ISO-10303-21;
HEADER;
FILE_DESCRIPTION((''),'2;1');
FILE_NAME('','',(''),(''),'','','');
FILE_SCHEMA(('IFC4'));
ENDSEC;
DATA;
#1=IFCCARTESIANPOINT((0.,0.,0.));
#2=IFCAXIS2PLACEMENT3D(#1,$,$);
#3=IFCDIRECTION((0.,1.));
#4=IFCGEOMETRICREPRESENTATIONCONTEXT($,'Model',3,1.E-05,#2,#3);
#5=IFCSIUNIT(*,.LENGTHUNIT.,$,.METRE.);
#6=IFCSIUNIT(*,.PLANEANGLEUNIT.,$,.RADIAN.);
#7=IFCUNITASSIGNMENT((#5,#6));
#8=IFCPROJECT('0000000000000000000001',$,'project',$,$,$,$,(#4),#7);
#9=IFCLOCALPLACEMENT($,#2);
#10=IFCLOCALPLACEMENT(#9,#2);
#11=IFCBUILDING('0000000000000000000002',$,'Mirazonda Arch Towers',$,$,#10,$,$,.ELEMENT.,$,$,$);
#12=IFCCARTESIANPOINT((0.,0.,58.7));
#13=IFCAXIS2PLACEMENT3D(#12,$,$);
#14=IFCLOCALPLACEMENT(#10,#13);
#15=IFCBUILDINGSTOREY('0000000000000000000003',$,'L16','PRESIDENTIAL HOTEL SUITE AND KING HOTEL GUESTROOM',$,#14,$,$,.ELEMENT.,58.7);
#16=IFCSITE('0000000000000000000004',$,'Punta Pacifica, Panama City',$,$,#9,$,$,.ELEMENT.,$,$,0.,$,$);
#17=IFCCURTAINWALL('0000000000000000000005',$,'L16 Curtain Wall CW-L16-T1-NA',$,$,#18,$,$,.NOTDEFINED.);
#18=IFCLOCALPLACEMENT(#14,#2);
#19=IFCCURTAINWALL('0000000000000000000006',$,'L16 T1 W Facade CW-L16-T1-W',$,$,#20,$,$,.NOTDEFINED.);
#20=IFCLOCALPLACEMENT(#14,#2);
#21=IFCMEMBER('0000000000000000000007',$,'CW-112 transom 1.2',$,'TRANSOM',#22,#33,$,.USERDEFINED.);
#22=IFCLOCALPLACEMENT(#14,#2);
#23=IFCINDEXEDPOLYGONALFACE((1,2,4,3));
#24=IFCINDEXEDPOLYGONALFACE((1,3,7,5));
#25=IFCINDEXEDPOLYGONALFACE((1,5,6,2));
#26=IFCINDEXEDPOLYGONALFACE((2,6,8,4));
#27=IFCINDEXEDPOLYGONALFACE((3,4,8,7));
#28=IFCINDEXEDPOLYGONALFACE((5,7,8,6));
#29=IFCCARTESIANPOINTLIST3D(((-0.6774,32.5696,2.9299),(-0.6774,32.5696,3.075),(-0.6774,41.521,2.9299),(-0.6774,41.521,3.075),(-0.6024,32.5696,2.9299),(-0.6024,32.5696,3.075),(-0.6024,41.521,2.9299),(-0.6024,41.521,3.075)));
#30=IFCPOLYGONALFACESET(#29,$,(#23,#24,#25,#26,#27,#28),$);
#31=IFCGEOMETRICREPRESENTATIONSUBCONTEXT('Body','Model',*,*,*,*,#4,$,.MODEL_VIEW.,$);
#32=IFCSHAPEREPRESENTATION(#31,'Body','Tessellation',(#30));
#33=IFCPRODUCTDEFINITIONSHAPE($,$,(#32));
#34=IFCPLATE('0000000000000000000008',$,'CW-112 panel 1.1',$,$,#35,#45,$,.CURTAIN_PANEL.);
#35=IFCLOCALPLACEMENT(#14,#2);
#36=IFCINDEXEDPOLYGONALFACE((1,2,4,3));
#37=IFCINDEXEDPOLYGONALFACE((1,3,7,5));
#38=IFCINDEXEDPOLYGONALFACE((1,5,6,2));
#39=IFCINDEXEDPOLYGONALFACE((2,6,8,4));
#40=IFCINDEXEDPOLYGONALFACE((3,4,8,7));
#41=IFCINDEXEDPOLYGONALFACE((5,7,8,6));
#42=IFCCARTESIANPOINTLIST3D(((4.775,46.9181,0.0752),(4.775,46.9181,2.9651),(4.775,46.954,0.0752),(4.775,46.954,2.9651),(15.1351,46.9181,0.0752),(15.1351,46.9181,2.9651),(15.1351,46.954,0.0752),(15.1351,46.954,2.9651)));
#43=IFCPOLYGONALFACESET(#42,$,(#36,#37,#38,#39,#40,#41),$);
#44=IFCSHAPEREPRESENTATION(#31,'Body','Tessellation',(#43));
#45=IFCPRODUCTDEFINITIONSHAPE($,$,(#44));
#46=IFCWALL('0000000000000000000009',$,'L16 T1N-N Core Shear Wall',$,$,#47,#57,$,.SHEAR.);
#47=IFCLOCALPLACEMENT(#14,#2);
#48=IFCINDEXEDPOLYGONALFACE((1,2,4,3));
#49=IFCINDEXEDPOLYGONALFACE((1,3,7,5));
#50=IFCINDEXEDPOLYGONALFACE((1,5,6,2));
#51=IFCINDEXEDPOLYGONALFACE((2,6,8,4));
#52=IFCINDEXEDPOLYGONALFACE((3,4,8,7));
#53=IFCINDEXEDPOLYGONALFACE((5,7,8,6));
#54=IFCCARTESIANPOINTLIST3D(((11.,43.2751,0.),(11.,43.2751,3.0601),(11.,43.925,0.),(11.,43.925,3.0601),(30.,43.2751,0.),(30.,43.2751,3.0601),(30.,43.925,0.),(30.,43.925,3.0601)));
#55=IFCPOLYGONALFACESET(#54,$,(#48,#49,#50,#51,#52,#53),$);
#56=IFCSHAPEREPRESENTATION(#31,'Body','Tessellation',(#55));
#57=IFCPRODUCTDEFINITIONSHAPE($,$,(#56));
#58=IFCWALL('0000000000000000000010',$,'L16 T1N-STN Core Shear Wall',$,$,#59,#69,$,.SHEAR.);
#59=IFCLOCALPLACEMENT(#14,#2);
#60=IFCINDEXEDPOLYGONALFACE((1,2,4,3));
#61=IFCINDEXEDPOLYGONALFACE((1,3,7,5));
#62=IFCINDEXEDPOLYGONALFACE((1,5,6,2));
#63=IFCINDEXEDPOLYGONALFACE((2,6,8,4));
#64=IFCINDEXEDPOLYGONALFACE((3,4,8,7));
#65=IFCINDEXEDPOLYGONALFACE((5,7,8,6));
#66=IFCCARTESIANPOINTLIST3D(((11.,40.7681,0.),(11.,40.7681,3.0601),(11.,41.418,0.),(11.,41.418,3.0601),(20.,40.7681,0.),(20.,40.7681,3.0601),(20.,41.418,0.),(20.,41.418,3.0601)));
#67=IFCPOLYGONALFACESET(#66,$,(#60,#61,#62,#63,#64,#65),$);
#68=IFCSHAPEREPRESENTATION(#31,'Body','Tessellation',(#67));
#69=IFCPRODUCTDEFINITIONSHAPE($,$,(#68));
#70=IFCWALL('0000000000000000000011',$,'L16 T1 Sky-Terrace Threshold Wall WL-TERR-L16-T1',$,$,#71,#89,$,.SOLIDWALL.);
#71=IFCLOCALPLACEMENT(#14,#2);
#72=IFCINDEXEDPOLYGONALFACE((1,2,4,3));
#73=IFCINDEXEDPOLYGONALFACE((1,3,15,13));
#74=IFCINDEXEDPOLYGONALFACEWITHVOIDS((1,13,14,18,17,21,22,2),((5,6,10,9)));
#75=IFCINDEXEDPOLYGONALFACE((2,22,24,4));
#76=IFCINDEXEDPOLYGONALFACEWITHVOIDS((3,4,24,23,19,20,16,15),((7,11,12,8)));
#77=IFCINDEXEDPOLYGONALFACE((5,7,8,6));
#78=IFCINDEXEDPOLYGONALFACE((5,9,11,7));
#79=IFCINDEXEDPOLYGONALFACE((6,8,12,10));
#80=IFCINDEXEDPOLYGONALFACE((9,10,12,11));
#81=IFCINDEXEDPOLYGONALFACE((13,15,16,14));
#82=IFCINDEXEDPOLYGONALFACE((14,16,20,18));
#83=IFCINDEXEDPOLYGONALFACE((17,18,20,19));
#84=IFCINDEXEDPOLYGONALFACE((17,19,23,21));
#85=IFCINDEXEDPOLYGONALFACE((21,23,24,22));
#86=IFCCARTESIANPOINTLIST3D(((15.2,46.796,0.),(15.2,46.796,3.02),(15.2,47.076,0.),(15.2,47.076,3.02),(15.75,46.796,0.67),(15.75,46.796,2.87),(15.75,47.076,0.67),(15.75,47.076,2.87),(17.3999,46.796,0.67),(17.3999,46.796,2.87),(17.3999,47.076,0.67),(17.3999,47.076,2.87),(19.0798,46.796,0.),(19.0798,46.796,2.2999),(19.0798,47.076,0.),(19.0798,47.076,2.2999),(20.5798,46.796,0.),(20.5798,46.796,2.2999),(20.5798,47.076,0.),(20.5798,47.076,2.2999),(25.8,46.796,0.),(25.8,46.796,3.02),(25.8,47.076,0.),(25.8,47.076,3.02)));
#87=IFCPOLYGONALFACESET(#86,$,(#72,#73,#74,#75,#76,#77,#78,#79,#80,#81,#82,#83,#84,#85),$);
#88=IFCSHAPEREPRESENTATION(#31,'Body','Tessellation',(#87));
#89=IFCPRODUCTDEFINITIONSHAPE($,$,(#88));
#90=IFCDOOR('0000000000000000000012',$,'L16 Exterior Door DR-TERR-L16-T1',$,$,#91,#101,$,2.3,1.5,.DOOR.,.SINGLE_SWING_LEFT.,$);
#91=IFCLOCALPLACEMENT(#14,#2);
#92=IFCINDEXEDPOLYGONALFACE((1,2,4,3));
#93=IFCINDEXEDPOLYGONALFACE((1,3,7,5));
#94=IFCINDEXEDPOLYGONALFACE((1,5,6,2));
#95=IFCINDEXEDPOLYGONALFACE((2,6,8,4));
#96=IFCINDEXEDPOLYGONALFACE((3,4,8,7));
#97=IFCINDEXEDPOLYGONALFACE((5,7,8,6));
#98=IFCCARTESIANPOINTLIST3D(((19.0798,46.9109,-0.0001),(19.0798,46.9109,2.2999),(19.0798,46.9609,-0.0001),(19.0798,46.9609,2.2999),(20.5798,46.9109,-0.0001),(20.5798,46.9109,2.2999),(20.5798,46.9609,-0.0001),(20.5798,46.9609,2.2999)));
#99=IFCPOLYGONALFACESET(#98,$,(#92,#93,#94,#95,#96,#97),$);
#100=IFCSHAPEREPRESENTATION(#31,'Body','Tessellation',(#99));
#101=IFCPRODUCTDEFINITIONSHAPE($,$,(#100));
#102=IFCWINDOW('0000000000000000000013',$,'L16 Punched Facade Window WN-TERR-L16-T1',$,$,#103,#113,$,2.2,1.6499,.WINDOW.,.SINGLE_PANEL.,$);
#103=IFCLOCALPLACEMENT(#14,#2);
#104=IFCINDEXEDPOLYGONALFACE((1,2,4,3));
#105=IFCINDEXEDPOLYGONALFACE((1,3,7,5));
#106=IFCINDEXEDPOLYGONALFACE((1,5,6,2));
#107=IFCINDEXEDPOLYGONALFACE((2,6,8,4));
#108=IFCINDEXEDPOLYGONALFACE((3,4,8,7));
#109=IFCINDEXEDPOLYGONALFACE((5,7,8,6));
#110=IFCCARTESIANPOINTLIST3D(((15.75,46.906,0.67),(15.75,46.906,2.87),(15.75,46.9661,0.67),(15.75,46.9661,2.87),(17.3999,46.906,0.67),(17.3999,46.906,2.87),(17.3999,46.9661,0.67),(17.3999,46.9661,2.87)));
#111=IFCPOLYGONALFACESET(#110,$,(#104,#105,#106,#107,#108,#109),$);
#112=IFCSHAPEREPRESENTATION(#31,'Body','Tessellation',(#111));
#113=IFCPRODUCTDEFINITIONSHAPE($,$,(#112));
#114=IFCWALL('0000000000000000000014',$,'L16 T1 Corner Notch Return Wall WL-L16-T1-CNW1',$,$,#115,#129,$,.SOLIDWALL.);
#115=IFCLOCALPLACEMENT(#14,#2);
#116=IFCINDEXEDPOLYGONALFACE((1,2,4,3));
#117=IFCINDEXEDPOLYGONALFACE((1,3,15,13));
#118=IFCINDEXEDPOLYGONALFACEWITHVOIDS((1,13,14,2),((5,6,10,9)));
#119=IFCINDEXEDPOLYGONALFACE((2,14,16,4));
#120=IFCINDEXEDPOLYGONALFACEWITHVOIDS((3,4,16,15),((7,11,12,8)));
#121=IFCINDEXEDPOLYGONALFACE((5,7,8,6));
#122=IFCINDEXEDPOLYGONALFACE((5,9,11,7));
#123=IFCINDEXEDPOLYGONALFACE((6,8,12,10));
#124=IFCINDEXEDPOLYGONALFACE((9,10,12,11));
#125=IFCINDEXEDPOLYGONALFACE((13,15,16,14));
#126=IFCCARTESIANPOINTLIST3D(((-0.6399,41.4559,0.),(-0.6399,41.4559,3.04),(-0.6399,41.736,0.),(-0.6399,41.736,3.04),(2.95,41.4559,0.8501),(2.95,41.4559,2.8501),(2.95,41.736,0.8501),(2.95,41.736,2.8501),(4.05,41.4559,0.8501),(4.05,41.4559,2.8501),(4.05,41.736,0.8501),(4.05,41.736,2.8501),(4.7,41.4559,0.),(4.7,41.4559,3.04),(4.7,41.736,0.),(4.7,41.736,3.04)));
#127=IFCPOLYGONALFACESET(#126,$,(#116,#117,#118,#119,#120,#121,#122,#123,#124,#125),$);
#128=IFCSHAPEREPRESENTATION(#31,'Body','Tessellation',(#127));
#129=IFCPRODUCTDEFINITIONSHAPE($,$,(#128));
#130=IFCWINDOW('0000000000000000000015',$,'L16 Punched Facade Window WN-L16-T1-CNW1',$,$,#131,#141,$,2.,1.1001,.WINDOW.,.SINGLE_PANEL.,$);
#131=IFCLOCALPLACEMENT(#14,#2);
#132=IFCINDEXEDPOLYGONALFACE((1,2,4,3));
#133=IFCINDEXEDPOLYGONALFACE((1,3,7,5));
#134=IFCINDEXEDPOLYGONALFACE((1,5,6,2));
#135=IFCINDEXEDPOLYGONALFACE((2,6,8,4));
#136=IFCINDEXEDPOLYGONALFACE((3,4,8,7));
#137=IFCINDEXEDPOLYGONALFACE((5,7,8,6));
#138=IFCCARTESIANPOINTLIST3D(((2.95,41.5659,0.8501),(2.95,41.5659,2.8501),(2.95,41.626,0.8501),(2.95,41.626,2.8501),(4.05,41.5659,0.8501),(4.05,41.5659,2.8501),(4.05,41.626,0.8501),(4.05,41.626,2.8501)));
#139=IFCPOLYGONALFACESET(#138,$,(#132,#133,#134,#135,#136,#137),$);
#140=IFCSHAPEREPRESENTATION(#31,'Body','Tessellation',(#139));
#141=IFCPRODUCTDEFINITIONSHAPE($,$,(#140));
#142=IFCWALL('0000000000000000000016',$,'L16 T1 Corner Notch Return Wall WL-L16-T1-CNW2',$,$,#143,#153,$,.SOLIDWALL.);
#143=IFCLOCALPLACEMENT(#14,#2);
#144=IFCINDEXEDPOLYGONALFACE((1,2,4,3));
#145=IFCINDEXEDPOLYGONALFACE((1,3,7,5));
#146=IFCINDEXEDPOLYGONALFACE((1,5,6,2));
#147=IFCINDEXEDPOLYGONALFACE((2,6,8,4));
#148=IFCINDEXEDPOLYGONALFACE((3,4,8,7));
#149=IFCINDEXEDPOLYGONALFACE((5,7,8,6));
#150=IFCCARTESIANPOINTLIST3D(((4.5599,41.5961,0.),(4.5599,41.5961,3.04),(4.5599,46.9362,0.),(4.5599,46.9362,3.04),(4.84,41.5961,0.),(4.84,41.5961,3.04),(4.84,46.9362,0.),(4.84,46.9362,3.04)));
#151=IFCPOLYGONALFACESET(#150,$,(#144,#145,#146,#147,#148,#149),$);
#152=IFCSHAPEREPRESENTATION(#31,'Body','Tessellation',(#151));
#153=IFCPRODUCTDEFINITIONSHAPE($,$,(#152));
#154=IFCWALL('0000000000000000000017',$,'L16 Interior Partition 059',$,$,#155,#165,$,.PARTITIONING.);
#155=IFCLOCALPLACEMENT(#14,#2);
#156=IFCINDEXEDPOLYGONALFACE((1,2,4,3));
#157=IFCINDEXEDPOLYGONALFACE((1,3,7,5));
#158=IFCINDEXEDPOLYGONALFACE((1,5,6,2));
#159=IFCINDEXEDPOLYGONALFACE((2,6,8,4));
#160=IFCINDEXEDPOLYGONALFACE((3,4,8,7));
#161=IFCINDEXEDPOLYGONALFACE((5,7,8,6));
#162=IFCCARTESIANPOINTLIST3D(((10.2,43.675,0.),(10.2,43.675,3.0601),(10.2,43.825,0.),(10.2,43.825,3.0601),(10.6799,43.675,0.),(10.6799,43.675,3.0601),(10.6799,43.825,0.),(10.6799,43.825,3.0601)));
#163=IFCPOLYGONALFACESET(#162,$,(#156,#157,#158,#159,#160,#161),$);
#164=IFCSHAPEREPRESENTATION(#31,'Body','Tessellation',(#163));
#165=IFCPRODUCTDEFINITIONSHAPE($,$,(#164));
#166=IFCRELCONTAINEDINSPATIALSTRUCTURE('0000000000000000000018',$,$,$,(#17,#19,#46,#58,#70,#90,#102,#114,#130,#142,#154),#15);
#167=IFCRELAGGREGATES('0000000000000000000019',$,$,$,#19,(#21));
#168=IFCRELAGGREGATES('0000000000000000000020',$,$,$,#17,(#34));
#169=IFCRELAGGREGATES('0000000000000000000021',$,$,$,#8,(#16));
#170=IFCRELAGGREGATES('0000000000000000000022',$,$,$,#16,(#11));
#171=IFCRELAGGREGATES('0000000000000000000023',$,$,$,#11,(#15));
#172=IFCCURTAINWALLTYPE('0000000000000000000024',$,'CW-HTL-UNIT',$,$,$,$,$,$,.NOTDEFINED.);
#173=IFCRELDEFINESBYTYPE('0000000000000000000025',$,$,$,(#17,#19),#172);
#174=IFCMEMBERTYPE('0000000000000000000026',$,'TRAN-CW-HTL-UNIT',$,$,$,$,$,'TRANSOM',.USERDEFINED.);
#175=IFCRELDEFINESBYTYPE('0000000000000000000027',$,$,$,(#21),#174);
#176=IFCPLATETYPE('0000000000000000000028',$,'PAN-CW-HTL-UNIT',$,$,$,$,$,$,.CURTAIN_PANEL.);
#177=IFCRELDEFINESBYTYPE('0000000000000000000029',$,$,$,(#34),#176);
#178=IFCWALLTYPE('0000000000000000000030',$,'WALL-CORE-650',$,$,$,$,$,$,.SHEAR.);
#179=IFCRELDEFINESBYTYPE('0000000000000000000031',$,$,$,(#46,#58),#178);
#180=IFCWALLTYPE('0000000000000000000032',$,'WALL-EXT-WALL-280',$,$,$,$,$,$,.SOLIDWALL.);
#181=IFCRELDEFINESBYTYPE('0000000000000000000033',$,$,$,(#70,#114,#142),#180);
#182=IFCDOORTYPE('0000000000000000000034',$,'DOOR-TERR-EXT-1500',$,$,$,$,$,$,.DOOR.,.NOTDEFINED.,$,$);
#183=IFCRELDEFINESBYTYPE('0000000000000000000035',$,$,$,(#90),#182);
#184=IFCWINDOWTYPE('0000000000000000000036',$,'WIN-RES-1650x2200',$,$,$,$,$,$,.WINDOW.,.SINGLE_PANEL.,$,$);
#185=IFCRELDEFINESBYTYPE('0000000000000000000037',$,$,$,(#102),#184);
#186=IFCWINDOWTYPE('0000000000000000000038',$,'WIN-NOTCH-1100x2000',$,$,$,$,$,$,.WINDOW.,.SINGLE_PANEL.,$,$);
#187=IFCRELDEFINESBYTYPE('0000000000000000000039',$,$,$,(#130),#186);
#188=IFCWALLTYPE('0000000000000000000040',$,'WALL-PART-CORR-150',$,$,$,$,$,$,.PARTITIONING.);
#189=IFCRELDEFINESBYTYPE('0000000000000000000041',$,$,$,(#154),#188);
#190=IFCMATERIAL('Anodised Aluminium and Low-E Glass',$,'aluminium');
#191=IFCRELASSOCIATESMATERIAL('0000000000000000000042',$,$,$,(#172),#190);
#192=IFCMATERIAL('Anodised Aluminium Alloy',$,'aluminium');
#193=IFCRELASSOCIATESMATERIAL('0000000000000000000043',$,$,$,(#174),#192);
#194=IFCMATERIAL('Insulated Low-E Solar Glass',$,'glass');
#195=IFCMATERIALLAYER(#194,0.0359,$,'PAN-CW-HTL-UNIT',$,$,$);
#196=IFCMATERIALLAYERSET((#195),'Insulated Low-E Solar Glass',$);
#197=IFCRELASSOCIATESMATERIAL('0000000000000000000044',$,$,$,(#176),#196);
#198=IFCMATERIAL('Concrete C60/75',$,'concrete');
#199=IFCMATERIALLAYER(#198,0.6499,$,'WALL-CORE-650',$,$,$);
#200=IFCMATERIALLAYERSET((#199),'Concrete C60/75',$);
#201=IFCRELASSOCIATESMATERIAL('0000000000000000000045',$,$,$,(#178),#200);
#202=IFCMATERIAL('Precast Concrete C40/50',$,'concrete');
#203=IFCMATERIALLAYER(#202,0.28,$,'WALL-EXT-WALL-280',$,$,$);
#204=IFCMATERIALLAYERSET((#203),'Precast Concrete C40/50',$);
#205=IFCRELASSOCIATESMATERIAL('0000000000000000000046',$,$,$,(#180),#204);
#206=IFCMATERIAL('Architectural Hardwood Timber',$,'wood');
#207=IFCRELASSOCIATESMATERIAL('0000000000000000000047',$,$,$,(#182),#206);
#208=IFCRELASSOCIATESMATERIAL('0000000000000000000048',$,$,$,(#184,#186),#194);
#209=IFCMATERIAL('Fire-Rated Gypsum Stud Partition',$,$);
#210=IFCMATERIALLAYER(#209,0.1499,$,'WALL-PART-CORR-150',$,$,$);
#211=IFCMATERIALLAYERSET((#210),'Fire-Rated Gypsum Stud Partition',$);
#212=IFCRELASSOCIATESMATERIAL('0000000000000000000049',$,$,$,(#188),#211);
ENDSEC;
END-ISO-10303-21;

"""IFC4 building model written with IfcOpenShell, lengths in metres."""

from ifc_helpers import new_model, si_unit, direction, frame, frame_2d, origin, origin_2d, place, context, subcontext, project, spatial, rectangle, extrude, material, layer, layer_set, material_profile, profile_set, type_object, element, fill, aggregate, save


model = new_model("IFC4")

# Units and contexts
model_context = context("Model", 3, precision=1e-05, world=origin(), true_north=direction((0.0, 1.0)))
body_context = subcontext(model_context, "Body", "Model", "MODEL_VIEW")
ifc_project = project(units=[si_unit("LENGTHUNIT", "METRE"), si_unit("PLANEANGLEUNIT", "RADIAN")], contexts=[model_context])

# Site, building, storey
site_placement = place(None, origin())
site = spatial("IfcSite", under=ifc_project, at=site_placement, Name="Punta Pacifica, Panama City", CompositionType="ELEMENT", RefElevation=0.0)
building_placement = place(site_placement, origin())
building = spatial("IfcBuilding", under=site, at=building_placement, Name="Mirazonda Arch Towers", CompositionType="ELEMENT")
storey_placement = place(building_placement, frame((0.0, 0.0, 58.7)))
storey = spatial("IfcBuildingStorey", under=building, at=storey_placement, Name="L16", Description="PRESIDENTIAL HOTEL SUITE AND KING HOTEL GUESTROOM", CompositionType="ELEMENT", Elevation=58.7)

# Shared definitions
ifc_material_1 = material(Name="Concrete C60/75", Category="concrete")

# Curtain wall
ifc_material_2 = material(Name="Anodised Aluminium and Low-E Glass", Category="aluminium")
curtain_wall_type = type_object("IfcCurtainWallType", Name="CW-HTL-UNIT", PredefinedType="NOTDEFINED", material=ifc_material_2)
curtain_wall_1_placement = place(storey_placement, origin())
curtain_wall_1 = element("IfcCurtainWall", 1, at=curtain_wall_1_placement, inside=storey, type_object=curtain_wall_type, Name="L16 Curtain Wall CW-L16-T1-NA", PredefinedType="NOTDEFINED")
ifc_material_3 = material(Name="Anodised Aluminium Alloy", Category="aluminium")

# Curtain wall
curtain_wall_2_placement = place(storey_placement, origin())
curtain_wall_2 = element("IfcCurtainWall", 2, at=curtain_wall_2_placement, inside=storey, type_object=curtain_wall_type, Name="L16 T1 W Facade CW-L16-T1-W", PredefinedType="NOTDEFINED")

# Member
ifc_material_profile_1 = material_profile(ifc_material_3, rectangle(XDim=0.075, YDim=0.145, at=origin_2d()), Name="ALU-TRAN-75x145")
ifc_profile_set_1 = profile_set([ifc_material_profile_1], Name="Anodised Aluminium Alloy")
member_type_1 = type_object("IfcMemberType", Name="TRAN-CW-HTL-UNIT", ElementType="TRANSOM", PredefinedType="USERDEFINED", material=ifc_profile_set_1)
member_1_placement = place(storey_placement, frame((-0.6399, 41.521, 3.0024), z_axis=(0.0, -1.0, 0.0), x_axis=(1.0, 0.0, 0.0)))
member_1 = element("IfcMember", 3, at=member_1_placement, type_object=member_type_1, Name="CW-112 transom 1.2", ObjectType="TRANSOM", PredefinedType="USERDEFINED", context=body_context, shape_type="SweptSolid", body=[
    extrude(rectangle(XDim=0.075, YDim=0.145, at=origin_2d()), origin(), (0.0, 0.0, 1.0), 8.9514),
])
aggregate(curtain_wall_2, [member_1])

# Plate
ifc_material_4 = material(Name="Insulated Low-E Solar Glass", Category="glass")
ifc_layer_1 = layer(ifc_material_4, 0.0359, Name="PAN-CW-HTL-UNIT")
ifc_layer_set_1 = layer_set([ifc_layer_1], Name="Insulated Low-E Solar Glass")
plate_type = type_object("IfcPlateType", Name="PAN-CW-HTL-UNIT", PredefinedType="CURTAIN_PANEL", material=ifc_layer_set_1)
plate_placement = place(storey_placement, frame((9.9551, 46.936, 0.0752), z_axis=(0.0, 0.0, 1.0), x_axis=(1.0, 0.0, 0.0)))
plate = element("IfcPlate", 4, at=plate_placement, type_object=plate_type, Name="CW-112 panel 1.1", PredefinedType="CURTAIN_PANEL", context=body_context, shape_type="SweptSolid", body=[
    extrude(rectangle(XDim=10.3601, YDim=0.0359, at=origin_2d()), origin(), (0.0, 0.0, 1.0), 2.8899),
])
aggregate(curtain_wall_1, [plate])

# Walls
ifc_layer_2 = layer(ifc_material_1, 0.6499, Name="WALL-CORE-650")
ifc_layer_set_2 = layer_set([ifc_layer_2], Name="Concrete C60/75")
wall_type_1 = type_object("IfcWallType", Name="WALL-CORE-650", PredefinedType="SHEAR", material=ifc_layer_set_2)
wall_1_placement = place(storey_placement, frame((11.0, 43.6001, 0.0), z_axis=(0.0, 0.0, 1.0), x_axis=(1.0, 0.0, 0.0)))
element("IfcWall", 5, at=wall_1_placement, inside=storey, type_object=wall_type_1, Name="L16 T1N-N Core Shear Wall", PredefinedType="SHEAR", context=body_context, shape_type="SweptSolid", body=[
    extrude(rectangle(XDim=19.0, YDim=0.6499, at=frame_2d((9.5, 0.0))), origin(), (0.0, 0.0, 1.0), 3.0601),
])
wall_2_placement = place(storey_placement, frame((11.0, 41.093, 0.0), z_axis=(0.0, 0.0, 1.0), x_axis=(1.0, 0.0, 0.0)))
element("IfcWall", 6, at=wall_2_placement, inside=storey, type_object=wall_type_1, Name="L16 T1N-STN Core Shear Wall", PredefinedType="SHEAR", context=body_context, shape_type="SweptSolid", body=[
    extrude(rectangle(XDim=9.0, YDim=0.6499, at=frame_2d((4.5, 0.0))), origin(), (0.0, 0.0, 1.0), 3.0601),
])

# Wall, openings, door, window
ifc_material_5 = material(Name="Precast Concrete C40/50", Category="concrete")
ifc_layer_3 = layer(ifc_material_5, 0.28, Name="WALL-EXT-WALL-280")
ifc_layer_set_3 = layer_set([ifc_layer_3], Name="Precast Concrete C40/50")
wall_type_2 = type_object("IfcWallType", Name="WALL-EXT-WALL-280", PredefinedType="SOLIDWALL", material=ifc_layer_set_3)
wall_3_placement = place(storey_placement, frame((15.2, 46.936, 0.0), z_axis=(0.0, 0.0, 1.0), x_axis=(1.0, 0.0, 0.0)))
wall_3 = element("IfcWall", 7, at=wall_3_placement, inside=storey, type_object=wall_type_2, Name="L16 T1 Sky-Terrace Threshold Wall WL-TERR-L16-T1", PredefinedType="SOLIDWALL", context=body_context, shape_type="SweptSolid", body=[
    extrude(rectangle(XDim=10.6001, YDim=0.28, at=frame_2d((5.3, 0.0))), origin(), (0.0, 0.0, 1.0), 3.02),
])
opening_1_placement = place(wall_3_placement, frame((0.55, 0.0, 0.6699)))
opening_1 = element("IfcOpeningElement", 8, at=opening_1_placement, cuts=wall_3, PredefinedType="OPENING", context=body_context, shape_type="SweptSolid", body=[
    extrude(rectangle(XDim=1.6499, YDim=2.2, at=frame_2d((0.825, 1.1001))), frame((0.0, 0.1499, 0.0), z_axis=(0.0, -1.0, 0.0), x_axis=(1.0, 0.0, 0.0)), (0.0, 0.0, 1.0), 0.3),
])
opening_2_placement = place(wall_3_placement, frame((3.8799, 0.0, 0.0)))
opening_2 = element("IfcOpeningElement", 9, at=opening_2_placement, cuts=wall_3, PredefinedType="OPENING", context=body_context, shape_type="SweptSolid", body=[
    extrude(rectangle(XDim=1.5, YDim=2.3, at=frame_2d((0.75, 1.1499))), frame((0.0, 0.1499, 0.0), z_axis=(0.0, -1.0, 0.0), x_axis=(1.0, 0.0, 0.0)), (0.0, 0.0, 1.0), 0.3),
])
ifc_material_6 = material(Name="Architectural Hardwood Timber", Category="wood")
door_type_1 = type_object("IfcDoorType", Name="DOOR-TERR-EXT-1500", OperationType="NOTDEFINED", PredefinedType="DOOR", material=ifc_material_6)
door_1_placement = place(opening_2_placement, origin())
door_1 = element("IfcDoor", 10, at=door_1_placement, inside=storey, type_object=door_type_1, Name="L16 Exterior Door DR-TERR-L16-T1", OperationType="SINGLE_SWING_LEFT", OverallHeight=2.3, OverallWidth=1.5, PredefinedType="DOOR", context=body_context, shape_type="SweptSolid", body=[
    extrude(rectangle(XDim=1.5, YDim=2.3, at=frame_2d((0.75, 1.1499))), frame((0.0, 0.0249, 0.0), z_axis=(0.0, -1.0, 0.0), x_axis=(1.0, 0.0, 0.0)), (0.0, 0.0, 1.0), 0.05),
])
fill(opening_2, door_1)
window_type_1 = type_object("IfcWindowType", Name="WIN-RES-1650x2200", PartitioningType="SINGLE_PANEL", PredefinedType="WINDOW", material=ifc_material_4)
window_1_placement = place(opening_1_placement, origin())
window_1 = element("IfcWindow", 11, at=window_1_placement, inside=storey, type_object=window_type_1, Name="L16 Punched Facade Window WN-TERR-L16-T1", OverallHeight=2.2, OverallWidth=1.6499, PartitioningType="SINGLE_PANEL", PredefinedType="WINDOW", context=body_context, shape_type="SweptSolid", body=[
    extrude(rectangle(XDim=1.6499, YDim=2.2, at=frame_2d((0.825, 1.1001))), frame((0.0, 0.03, 0.0), z_axis=(0.0, -1.0, 0.0), x_axis=(1.0, 0.0, 0.0)), (0.0, 0.0, 1.0), 0.0601),
])
fill(opening_1, window_1)

# Wall, opening, window
wall_4_placement = place(storey_placement, frame((4.7, 41.5959, 0.0), z_axis=(0.0, 0.0, 1.0), x_axis=(-1.0, 0.0, 0.0)))
wall_4 = element("IfcWall", 12, at=wall_4_placement, inside=storey, type_object=wall_type_2, Name="L16 T1 Corner Notch Return Wall WL-L16-T1-CNW1", PredefinedType="SOLIDWALL", context=body_context, shape_type="SweptSolid", body=[
    extrude(rectangle(XDim=5.3398, YDim=0.28, at=frame_2d((2.6699, 0.0))), origin(), (0.0, 0.0, 1.0), 3.04),
])
opening_3_placement = place(wall_4_placement, frame((0.6499, 0.0, 0.8501)))
opening_3 = element("IfcOpeningElement", 13, at=opening_3_placement, cuts=wall_4, PredefinedType="OPENING", context=body_context, shape_type="SweptSolid", body=[
    extrude(rectangle(XDim=1.1001, YDim=2.0, at=frame_2d((0.55, 1.0))), frame((0.0, 0.1499, 0.0), z_axis=(0.0, -1.0, 0.0), x_axis=(1.0, 0.0, 0.0)), (0.0, 0.0, 1.0), 0.3),
])
window_type_2 = type_object("IfcWindowType", Name="WIN-NOTCH-1100x2000", PartitioningType="SINGLE_PANEL", PredefinedType="WINDOW", material=ifc_material_4)
window_2_placement = place(opening_3_placement, origin())
window_2 = element("IfcWindow", 14, at=window_2_placement, inside=storey, type_object=window_type_2, Name="L16 Punched Facade Window WN-L16-T1-CNW1", OverallHeight=2.0, OverallWidth=1.1001, PartitioningType="SINGLE_PANEL", PredefinedType="WINDOW", context=body_context, shape_type="SweptSolid", body=[
    extrude(rectangle(XDim=1.1001, YDim=2.0, at=frame_2d((0.55, 1.0))), frame((0.0, 0.03, 0.0), z_axis=(0.0, -1.0, 0.0), x_axis=(1.0, 0.0, 0.0)), (0.0, 0.0, 1.0), 0.0601),
])
fill(opening_3, window_2)

# Walls
wall_5_placement = place(storey_placement, frame((4.7, 46.936, 0.0), z_axis=(0.0, 0.0, 1.0), x_axis=(0.0, -1.0, 0.0)))
element("IfcWall", 15, at=wall_5_placement, inside=storey, type_object=wall_type_2, Name="L16 T1 Corner Notch Return Wall WL-L16-T1-CNW2", PredefinedType="SOLIDWALL", context=body_context, shape_type="SweptSolid", body=[
    extrude(rectangle(XDim=5.3401, YDim=0.28, at=frame_2d((2.6699, 0.0))), origin(), (0.0, 0.0, 1.0), 3.04),
])
ifc_material_7 = material(Name="Fire-Rated Gypsum Stud Partition")
ifc_layer_4 = layer(ifc_material_7, 0.1499, Name="WALL-PART-CORR-150")
ifc_layer_set_4 = layer_set([ifc_layer_4], Name="Fire-Rated Gypsum Stud Partition")
wall_type_3 = type_object("IfcWallType", Name="WALL-PART-CORR-150", PredefinedType="PARTITIONING", material=ifc_layer_set_4)
wall_6_placement = place(storey_placement, frame((10.2, 43.75, 0.0), z_axis=(0.0, 0.0, 1.0), x_axis=(1.0, 0.0, 0.0)))
element("IfcWall", 16, at=wall_6_placement, inside=storey, type_object=wall_type_3, Name="L16 Interior Partition 059", PredefinedType="PARTITIONING", context=body_context, shape_type="SweptSolid", body=[
    extrude(rectangle(XDim=0.48, YDim=0.1499, at=frame_2d((0.24, 0.0))), origin(), (0.0, 0.0, 1.0), 3.0601),
])

save(model, "model.ifc")
